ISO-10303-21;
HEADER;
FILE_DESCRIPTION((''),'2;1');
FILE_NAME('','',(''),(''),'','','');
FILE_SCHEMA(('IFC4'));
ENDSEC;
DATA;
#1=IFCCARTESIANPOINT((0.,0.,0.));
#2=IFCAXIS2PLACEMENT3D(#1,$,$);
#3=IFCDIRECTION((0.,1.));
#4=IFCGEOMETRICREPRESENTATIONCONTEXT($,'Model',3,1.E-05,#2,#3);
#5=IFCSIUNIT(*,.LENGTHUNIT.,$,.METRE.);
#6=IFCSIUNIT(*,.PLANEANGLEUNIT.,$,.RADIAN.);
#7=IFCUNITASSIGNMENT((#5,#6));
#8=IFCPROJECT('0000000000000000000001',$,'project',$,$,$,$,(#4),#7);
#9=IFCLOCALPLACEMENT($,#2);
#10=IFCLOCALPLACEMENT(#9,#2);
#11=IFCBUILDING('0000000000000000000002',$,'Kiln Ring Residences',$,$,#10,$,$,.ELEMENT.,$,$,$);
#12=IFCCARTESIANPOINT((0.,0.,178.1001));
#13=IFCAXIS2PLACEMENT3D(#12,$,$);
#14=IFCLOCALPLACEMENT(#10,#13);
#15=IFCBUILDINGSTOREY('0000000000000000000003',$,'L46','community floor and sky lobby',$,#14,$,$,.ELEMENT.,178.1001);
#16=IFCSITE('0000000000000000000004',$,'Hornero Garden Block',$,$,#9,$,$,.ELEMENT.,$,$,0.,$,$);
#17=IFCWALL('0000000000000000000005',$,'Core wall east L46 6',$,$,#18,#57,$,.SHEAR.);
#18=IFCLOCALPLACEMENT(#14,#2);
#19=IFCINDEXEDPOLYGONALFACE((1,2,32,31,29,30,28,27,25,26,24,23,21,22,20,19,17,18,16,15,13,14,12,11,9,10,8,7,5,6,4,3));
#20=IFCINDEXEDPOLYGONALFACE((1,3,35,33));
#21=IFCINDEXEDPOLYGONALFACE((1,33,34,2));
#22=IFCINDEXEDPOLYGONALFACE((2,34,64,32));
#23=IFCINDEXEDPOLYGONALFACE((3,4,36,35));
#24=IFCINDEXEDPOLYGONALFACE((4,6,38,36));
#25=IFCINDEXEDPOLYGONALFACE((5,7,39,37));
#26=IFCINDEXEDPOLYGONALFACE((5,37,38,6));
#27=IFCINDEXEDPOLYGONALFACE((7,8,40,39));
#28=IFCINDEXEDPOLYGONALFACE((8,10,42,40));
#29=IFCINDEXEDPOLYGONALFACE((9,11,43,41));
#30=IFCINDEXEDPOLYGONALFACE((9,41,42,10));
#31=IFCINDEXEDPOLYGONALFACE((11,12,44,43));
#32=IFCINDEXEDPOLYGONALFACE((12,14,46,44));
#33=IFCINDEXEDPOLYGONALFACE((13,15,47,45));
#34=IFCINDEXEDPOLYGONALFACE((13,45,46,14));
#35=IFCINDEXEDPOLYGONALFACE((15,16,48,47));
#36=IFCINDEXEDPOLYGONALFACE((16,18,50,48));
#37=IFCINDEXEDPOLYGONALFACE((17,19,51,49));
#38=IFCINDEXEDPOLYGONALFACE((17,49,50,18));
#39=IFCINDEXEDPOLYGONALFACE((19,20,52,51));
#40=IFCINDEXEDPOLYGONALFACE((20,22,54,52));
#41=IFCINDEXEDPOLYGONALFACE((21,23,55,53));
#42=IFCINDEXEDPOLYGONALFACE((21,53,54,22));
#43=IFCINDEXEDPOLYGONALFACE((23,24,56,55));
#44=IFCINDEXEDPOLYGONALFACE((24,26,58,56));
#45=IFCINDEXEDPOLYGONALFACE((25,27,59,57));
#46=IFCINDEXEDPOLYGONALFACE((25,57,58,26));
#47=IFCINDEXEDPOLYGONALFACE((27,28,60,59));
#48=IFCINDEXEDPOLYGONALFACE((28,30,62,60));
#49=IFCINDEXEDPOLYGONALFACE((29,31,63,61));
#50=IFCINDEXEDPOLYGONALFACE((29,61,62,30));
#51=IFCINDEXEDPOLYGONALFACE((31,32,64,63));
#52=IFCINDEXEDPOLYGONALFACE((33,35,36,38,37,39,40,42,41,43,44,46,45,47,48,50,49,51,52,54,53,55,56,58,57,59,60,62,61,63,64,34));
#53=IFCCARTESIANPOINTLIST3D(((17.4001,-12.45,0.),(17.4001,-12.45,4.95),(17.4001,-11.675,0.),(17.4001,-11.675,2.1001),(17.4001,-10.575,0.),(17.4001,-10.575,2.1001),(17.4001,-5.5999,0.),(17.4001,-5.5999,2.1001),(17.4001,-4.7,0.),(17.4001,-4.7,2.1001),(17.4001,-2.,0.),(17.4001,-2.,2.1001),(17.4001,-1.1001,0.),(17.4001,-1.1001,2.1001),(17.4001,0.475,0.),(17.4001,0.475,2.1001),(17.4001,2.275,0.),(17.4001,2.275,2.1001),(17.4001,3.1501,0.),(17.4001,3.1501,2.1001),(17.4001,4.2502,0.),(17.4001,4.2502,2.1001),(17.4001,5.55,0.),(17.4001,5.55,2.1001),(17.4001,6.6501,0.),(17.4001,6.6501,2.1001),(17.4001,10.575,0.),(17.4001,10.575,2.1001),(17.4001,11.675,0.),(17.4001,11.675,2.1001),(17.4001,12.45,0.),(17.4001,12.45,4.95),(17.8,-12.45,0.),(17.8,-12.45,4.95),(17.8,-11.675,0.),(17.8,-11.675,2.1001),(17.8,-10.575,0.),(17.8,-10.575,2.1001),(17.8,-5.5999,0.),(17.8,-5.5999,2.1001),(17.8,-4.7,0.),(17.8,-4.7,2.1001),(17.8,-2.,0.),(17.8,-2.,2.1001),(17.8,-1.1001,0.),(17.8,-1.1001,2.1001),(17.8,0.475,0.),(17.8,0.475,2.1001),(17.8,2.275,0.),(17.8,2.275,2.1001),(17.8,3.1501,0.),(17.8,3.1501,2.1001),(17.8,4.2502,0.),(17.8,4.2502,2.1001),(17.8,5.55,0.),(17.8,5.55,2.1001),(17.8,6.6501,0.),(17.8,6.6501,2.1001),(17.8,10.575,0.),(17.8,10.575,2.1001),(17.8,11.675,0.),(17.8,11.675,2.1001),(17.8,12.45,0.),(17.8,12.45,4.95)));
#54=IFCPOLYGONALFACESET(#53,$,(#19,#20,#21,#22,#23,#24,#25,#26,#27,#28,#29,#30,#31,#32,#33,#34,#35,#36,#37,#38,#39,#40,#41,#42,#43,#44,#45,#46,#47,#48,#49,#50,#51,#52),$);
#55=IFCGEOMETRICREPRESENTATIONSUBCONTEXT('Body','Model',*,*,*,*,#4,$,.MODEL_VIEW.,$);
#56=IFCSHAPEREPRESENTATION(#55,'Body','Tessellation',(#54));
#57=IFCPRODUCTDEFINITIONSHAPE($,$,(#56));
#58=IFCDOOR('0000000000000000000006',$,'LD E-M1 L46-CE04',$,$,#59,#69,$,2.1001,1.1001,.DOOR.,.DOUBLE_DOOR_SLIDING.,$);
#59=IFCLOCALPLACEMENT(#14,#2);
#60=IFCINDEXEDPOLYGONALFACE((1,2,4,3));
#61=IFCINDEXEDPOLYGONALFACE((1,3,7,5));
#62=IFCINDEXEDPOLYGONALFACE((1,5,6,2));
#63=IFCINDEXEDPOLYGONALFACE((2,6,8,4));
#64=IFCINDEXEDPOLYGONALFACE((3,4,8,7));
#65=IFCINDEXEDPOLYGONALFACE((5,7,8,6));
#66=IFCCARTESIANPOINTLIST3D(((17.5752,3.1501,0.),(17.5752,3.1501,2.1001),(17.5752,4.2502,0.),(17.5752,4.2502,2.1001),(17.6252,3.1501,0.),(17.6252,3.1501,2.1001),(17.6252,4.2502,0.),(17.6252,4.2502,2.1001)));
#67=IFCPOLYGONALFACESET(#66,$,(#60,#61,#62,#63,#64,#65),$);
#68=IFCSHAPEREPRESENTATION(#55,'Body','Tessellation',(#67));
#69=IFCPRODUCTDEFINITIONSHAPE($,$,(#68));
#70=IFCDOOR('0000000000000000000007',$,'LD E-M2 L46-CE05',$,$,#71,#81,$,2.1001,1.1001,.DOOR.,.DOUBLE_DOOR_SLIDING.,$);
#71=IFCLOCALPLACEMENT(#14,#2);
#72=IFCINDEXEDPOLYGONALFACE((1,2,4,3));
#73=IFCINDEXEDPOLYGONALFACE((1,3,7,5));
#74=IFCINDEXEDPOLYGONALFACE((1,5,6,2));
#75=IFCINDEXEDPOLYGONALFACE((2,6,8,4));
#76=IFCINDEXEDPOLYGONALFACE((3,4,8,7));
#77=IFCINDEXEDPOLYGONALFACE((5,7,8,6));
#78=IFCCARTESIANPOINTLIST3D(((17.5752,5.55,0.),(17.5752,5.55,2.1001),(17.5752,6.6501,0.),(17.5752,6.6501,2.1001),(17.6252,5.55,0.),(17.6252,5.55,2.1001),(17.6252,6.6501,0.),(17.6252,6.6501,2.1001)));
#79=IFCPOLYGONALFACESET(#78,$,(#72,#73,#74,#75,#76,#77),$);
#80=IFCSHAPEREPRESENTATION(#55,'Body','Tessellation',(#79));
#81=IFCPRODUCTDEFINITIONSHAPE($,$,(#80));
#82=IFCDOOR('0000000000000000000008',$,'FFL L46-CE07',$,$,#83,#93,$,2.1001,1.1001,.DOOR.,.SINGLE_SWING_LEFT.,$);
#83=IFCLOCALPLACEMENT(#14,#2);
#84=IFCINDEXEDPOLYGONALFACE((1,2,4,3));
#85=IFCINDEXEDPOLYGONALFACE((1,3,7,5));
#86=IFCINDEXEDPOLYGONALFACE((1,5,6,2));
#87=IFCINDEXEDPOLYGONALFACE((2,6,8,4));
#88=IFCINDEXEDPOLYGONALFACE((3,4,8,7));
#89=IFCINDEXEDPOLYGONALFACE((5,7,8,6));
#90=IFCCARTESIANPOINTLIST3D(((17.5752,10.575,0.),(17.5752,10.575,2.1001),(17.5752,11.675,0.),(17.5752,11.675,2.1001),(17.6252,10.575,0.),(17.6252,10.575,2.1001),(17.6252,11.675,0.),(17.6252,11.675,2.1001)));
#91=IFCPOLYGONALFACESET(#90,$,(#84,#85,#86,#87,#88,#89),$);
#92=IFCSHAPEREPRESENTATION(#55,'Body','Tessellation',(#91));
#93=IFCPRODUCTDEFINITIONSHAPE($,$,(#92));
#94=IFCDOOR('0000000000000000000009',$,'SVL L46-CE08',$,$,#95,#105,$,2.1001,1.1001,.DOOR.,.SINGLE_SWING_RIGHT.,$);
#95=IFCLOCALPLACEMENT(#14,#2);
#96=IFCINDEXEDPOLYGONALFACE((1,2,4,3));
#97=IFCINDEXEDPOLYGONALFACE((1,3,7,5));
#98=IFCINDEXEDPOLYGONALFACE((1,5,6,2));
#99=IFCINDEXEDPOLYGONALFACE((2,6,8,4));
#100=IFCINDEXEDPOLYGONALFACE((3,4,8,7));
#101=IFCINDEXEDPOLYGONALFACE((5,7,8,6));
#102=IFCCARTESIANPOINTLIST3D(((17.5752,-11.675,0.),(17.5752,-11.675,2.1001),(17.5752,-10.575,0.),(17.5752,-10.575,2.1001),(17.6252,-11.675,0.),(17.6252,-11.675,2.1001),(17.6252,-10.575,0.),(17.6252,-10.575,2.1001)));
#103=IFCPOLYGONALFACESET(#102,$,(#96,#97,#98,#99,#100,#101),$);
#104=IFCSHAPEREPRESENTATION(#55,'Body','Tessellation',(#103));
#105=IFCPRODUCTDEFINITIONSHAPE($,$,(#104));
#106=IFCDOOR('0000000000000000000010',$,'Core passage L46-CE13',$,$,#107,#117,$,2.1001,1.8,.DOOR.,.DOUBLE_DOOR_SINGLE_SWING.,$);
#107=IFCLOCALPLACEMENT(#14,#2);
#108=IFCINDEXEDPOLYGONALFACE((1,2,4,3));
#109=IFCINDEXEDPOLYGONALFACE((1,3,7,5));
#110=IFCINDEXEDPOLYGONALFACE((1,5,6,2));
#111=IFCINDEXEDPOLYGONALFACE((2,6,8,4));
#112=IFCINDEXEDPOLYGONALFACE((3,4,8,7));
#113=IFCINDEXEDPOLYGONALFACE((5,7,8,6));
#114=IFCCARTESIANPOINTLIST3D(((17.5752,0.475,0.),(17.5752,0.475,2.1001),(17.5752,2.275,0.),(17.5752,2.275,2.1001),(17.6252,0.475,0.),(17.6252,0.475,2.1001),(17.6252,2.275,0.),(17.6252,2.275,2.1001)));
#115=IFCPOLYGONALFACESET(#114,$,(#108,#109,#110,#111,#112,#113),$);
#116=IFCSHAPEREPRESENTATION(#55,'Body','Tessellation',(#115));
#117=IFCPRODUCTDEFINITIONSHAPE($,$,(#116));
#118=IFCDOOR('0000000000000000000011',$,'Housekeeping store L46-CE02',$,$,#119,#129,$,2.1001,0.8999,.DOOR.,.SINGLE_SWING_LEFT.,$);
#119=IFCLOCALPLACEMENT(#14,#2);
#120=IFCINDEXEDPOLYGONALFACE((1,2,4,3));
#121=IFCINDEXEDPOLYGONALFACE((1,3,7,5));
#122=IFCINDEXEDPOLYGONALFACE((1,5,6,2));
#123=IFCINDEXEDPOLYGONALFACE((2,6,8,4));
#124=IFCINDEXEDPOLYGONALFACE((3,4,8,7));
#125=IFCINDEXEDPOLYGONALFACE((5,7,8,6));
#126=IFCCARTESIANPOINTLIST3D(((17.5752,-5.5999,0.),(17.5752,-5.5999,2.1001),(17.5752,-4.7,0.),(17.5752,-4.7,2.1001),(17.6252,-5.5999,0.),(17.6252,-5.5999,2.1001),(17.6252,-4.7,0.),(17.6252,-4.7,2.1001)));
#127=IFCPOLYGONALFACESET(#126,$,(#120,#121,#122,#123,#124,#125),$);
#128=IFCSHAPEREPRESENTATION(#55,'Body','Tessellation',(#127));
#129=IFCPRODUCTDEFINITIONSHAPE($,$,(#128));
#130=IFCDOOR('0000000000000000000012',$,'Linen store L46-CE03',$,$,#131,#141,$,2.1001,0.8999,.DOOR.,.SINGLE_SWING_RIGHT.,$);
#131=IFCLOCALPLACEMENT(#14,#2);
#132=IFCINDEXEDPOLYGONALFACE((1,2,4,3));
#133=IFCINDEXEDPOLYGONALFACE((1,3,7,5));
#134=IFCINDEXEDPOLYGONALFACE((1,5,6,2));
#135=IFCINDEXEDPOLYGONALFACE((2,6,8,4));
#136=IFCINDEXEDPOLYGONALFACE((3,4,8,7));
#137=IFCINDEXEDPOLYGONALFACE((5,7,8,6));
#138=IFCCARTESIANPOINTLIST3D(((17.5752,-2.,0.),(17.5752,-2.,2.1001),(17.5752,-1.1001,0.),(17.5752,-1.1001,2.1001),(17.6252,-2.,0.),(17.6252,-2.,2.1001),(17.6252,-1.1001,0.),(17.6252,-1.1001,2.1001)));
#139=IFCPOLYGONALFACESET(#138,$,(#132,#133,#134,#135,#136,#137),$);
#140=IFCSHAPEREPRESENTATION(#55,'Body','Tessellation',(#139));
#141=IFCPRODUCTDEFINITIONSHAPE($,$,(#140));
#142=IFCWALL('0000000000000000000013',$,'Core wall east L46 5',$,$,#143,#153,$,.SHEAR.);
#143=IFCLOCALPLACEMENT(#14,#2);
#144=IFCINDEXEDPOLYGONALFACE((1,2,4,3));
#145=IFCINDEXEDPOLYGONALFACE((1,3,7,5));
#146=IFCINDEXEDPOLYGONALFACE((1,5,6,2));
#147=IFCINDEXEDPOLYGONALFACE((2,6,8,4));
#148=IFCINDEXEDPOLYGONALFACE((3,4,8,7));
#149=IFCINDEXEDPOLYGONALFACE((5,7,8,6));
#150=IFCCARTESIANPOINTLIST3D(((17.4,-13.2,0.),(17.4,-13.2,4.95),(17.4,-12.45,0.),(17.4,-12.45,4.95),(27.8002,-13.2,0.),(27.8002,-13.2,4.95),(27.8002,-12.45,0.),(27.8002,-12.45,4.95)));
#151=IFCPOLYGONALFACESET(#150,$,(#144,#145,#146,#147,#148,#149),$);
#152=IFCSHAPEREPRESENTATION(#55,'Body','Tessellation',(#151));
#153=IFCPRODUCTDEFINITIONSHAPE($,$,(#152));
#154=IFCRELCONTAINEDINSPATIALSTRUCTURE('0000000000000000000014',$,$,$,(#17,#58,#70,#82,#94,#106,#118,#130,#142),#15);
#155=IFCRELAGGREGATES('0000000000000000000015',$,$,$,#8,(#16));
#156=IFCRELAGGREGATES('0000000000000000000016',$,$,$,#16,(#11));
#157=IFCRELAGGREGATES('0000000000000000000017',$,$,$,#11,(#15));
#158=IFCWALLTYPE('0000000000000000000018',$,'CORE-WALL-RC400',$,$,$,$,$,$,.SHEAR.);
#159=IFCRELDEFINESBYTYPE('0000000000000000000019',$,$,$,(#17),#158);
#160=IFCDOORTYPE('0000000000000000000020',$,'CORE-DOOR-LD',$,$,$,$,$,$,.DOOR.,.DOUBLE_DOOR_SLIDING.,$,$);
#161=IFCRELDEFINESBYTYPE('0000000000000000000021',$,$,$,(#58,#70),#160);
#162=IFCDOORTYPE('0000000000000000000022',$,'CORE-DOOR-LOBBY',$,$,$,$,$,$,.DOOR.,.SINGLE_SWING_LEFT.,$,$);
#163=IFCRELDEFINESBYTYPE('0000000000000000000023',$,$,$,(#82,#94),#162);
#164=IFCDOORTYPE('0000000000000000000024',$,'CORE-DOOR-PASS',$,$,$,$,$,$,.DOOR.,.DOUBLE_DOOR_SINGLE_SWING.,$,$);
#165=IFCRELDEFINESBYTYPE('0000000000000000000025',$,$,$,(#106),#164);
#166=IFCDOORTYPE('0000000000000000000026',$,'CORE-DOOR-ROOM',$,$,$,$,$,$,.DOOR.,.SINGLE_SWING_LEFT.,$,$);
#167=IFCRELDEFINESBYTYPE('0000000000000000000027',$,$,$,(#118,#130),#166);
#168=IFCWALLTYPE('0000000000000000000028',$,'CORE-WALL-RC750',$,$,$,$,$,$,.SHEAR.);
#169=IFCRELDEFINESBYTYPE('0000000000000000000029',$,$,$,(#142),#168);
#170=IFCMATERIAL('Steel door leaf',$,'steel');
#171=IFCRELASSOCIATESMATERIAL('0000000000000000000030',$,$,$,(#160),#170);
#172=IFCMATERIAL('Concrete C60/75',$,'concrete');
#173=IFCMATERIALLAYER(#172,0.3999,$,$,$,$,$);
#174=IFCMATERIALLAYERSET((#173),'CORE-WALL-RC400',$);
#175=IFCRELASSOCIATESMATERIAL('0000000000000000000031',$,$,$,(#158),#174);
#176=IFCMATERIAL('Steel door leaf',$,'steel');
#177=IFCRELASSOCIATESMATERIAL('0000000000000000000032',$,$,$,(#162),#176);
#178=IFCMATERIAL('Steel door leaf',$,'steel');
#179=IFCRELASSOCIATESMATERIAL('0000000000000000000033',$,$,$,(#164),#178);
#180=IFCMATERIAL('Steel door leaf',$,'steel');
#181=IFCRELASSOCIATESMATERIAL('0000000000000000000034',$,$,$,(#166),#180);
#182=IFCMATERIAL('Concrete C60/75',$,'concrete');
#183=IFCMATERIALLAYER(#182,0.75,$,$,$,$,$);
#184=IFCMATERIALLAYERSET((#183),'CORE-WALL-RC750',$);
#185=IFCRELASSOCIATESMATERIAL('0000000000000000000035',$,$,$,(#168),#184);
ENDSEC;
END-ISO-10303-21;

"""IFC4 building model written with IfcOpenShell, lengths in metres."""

from ifc_helpers import new_model, si_unit, direction, frame, frame_2d, origin, place, context, subcontext, project, spatial, rectangle, extrude, material, layer, layer_set, type_object, element, fill, save


model = new_model("IFC4")

# Units and contexts
model_context = context("Model", 3, precision=1e-05, world=origin(), true_north=direction((0.0, 1.0)))
body_context = subcontext(model_context, "Body", "Model", "MODEL_VIEW")
ifc_project = project(units=[si_unit("LENGTHUNIT", "METRE"), si_unit("PLANEANGLEUNIT", "RADIAN")], contexts=[model_context])

# Site, building, storey
site_placement = place(None, origin())
site = spatial("IfcSite", under=ifc_project, at=site_placement, Name="Hornero Garden Block", CompositionType="ELEMENT", RefElevation=0.0)
building_placement = place(site_placement, origin())
building = spatial("IfcBuilding", under=site, at=building_placement, Name="Kiln Ring Residences", CompositionType="ELEMENT")
storey_placement = place(building_placement, frame((0.0, 0.0, 178.1001)))
storey = spatial("IfcBuildingStorey", under=building, at=storey_placement, Name="L46", Description="community floor and sky lobby", CompositionType="ELEMENT", Elevation=178.1001)

# Wall, openings, doors
ifc_material_1 = material(Name="Steel door leaf", Category="steel")
door_type_1 = type_object("IfcDoorType", Name="CORE-DOOR-LD", OperationType="DOUBLE_DOOR_SLIDING", PredefinedType="DOOR", material=ifc_material_1)
ifc_material_2 = material(Name="Concrete C60/75", Category="concrete")
ifc_layer_1 = layer(ifc_material_2, 0.3999)
ifc_layer_set_1 = layer_set([ifc_layer_1], Name="CORE-WALL-RC400")
wall_type_1 = type_object("IfcWallType", Name="CORE-WALL-RC400", PredefinedType="SHEAR", material=ifc_layer_set_1)
wall_1_placement = place(storey_placement, frame((17.6001, -12.45, 0.0), z_axis=(0.0, 0.0, 1.0), x_axis=(0.0, 1.0, 0.0)))
wall_1 = element("IfcWall", 1, at=wall_1_placement, inside=storey, type_object=wall_type_1, Name="Core wall east L46 6", PredefinedType="SHEAR", context=body_context, shape_type="SweptSolid", body=[
    extrude(rectangle(XDim=24.8999, YDim=0.3999, at=frame_2d((12.45, 0.0))), origin(), (0.0, 0.0, 1.0), 4.95),
])
opening_1_placement = place(wall_1_placement, frame((6.8501, 0.0, 0.0)))
opening_1 = element("IfcOpeningElement", 2, at=opening_1_placement, cuts=wall_1, PredefinedType="OPENING", context=body_context, shape_type="SweptSolid", body=[
    extrude(rectangle(XDim=0.8999, YDim=2.1001, at=frame_2d((0.45, 1.05))), frame((0.0, 0.21, 0.0), z_axis=(0.0, -1.0, 0.0), x_axis=(1.0, 0.0, 0.0)), (0.0, 0.0, 1.0), 0.4199),
])
opening_2_placement = place(wall_1_placement, frame((10.45, 0.0, 0.0)))
opening_2 = element("IfcOpeningElement", 3, at=opening_2_placement, cuts=wall_1, PredefinedType="OPENING", context=body_context, shape_type="SweptSolid", body=[
    extrude(rectangle(XDim=0.8999, YDim=2.1001, at=frame_2d((0.45, 1.05))), frame((0.0, 0.21, 0.0), z_axis=(0.0, -1.0, 0.0), x_axis=(1.0, 0.0, 0.0)), (0.0, 0.0, 1.0), 0.4199),
])
opening_3_placement = place(wall_1_placement, frame((15.6001, 0.0, 0.0)))
opening_3 = element("IfcOpeningElement", 4, at=opening_3_placement, cuts=wall_1, PredefinedType="OPENING", context=body_context, shape_type="SweptSolid", body=[
    extrude(rectangle(XDim=1.1001, YDim=2.1001, at=frame_2d((0.55, 1.05))), frame((0.0, 0.21, 0.0), z_axis=(0.0, -1.0, 0.0), x_axis=(1.0, 0.0, 0.0)), (0.0, 0.0, 1.0), 0.4199),
])
opening_4_placement = place(wall_1_placement, frame((18.0, 0.0, 0.0)))
opening_4 = element("IfcOpeningElement", 5, at=opening_4_placement, cuts=wall_1, PredefinedType="OPENING", context=body_context, shape_type="SweptSolid", body=[
    extrude(rectangle(XDim=1.1001, YDim=2.1001, at=frame_2d((0.55, 1.05))), frame((0.0, 0.21, 0.0), z_axis=(0.0, -1.0, 0.0), x_axis=(1.0, 0.0, 0.0)), (0.0, 0.0, 1.0), 0.4199),
])
opening_5_placement = place(wall_1_placement, frame((23.0249, 0.0, 0.0)))
opening_5 = element("IfcOpeningElement", 6, at=opening_5_placement, cuts=wall_1, PredefinedType="OPENING", context=body_context, shape_type="SweptSolid", body=[
    extrude(rectangle(XDim=1.1001, YDim=2.1001, at=frame_2d((0.55, 1.05))), frame((0.0, 0.21, 0.0), z_axis=(0.0, -1.0, 0.0), x_axis=(1.0, 0.0, 0.0)), (0.0, 0.0, 1.0), 0.4199),
])
opening_6_placement = place(wall_1_placement, frame((0.7749, 0.0, 0.0)))
opening_6 = element("IfcOpeningElement", 7, at=opening_6_placement, cuts=wall_1, PredefinedType="OPENING", context=body_context, shape_type="SweptSolid", body=[
    extrude(rectangle(XDim=1.1001, YDim=2.1001, at=frame_2d((0.55, 1.05))), frame((0.0, 0.21, 0.0), z_axis=(0.0, -1.0, 0.0), x_axis=(1.0, 0.0, 0.0)), (0.0, 0.0, 1.0), 0.4199),
])
opening_7_placement = place(wall_1_placement, frame((12.925, 0.0, 0.0)))
opening_7 = element("IfcOpeningElement", 8, at=opening_7_placement, cuts=wall_1, PredefinedType="OPENING", context=body_context, shape_type="SweptSolid", body=[
    extrude(rectangle(XDim=1.8, YDim=2.1001, at=frame_2d((0.8999, 1.05))), frame((0.0, 0.21, 0.0), z_axis=(0.0, -1.0, 0.0), x_axis=(1.0, 0.0, 0.0)), (0.0, 0.0, 1.0), 0.4199),
])
door_1_placement = place(opening_3_placement, origin())
door_1 = element("IfcDoor", 9, at=door_1_placement, inside=storey, type_object=door_type_1, Name="LD E-M1 L46-CE04", OperationType="DOUBLE_DOOR_SLIDING", OverallHeight=2.1001, OverallWidth=1.1001, PredefinedType="DOOR", context=body_context, shape_type="SweptSolid", body=[
    extrude(rectangle(XDim=1.1001, YDim=2.1001, at=frame_2d((0.55, 1.05))), frame((0.0, 0.0249, 0.0), z_axis=(0.0, -1.0, 0.0), x_axis=(1.0, 0.0, 0.0)), (0.0, 0.0, 1.0), 0.05),
])
fill(opening_3, door_1)
door_2_placement = place(opening_4_placement, origin())
door_2 = element("IfcDoor", 10, at=door_2_placement, inside=storey, type_object=door_type_1, Name="LD E-M2 L46-CE05", OperationType="DOUBLE_DOOR_SLIDING", OverallHeight=2.1001, OverallWidth=1.1001, PredefinedType="DOOR", context=body_context, shape_type="SweptSolid", body=[
    extrude(rectangle(XDim=1.1001, YDim=2.1001, at=frame_2d((0.55, 1.05))), frame((0.0, 0.0249, 0.0), z_axis=(0.0, -1.0, 0.0), x_axis=(1.0, 0.0, 0.0)), (0.0, 0.0, 1.0), 0.05),
])
fill(opening_4, door_2)
ifc_material_3 = material(Name="Steel door leaf", Category="steel")
door_type_2 = type_object("IfcDoorType", Name="CORE-DOOR-LOBBY", OperationType="SINGLE_SWING_LEFT", PredefinedType="DOOR", material=ifc_material_3)
door_3_placement = place(opening_5_placement, origin())
door_3 = element("IfcDoor", 11, at=door_3_placement, inside=storey, type_object=door_type_2, Name="FFL L46-CE07", OperationType="SINGLE_SWING_LEFT", OverallHeight=2.1001, OverallWidth=1.1001, PredefinedType="DOOR", context=body_context, shape_type="SweptSolid", body=[
    extrude(rectangle(XDim=1.1001, YDim=2.1001, at=frame_2d((0.55, 1.05))), frame((0.0, 0.0249, 0.0), z_axis=(0.0, -1.0, 0.0), x_axis=(1.0, 0.0, 0.0)), (0.0, 0.0, 1.0), 0.05),
])
fill(opening_5, door_3)
door_4_placement = place(opening_6_placement, origin())
door_4 = element("IfcDoor", 12, at=door_4_placement, inside=storey, type_object=door_type_2, Name="SVL L46-CE08", OperationType="SINGLE_SWING_RIGHT", OverallHeight=2.1001, OverallWidth=1.1001, PredefinedType="DOOR", context=body_context, shape_type="SweptSolid", body=[
    extrude(rectangle(XDim=1.1001, YDim=2.1001, at=frame_2d((0.55, 1.05))), frame((0.0, 0.0249, 0.0), z_axis=(0.0, -1.0, 0.0), x_axis=(1.0, 0.0, 0.0)), (0.0, 0.0, 1.0), 0.05),
])
fill(opening_6, door_4)
ifc_material_4 = material(Name="Steel door leaf", Category="steel")
door_type_3 = type_object("IfcDoorType", Name="CORE-DOOR-PASS", OperationType="DOUBLE_DOOR_SINGLE_SWING", PredefinedType="DOOR", material=ifc_material_4)
door_5_placement = place(opening_7_placement, origin())
door_5 = element("IfcDoor", 13, at=door_5_placement, inside=storey, type_object=door_type_3, Name="Core passage L46-CE13", OperationType="DOUBLE_DOOR_SINGLE_SWING", OverallHeight=2.1001, OverallWidth=1.8, PredefinedType="DOOR", context=body_context, shape_type="SweptSolid", body=[
    extrude(rectangle(XDim=1.8, YDim=2.1001, at=frame_2d((0.8999, 1.05))), frame((0.0, 0.0249, 0.0), z_axis=(0.0, -1.0, 0.0), x_axis=(1.0, 0.0, 0.0)), (0.0, 0.0, 1.0), 0.05),
])
fill(opening_7, door_5)
ifc_material_5 = material(Name="Steel door leaf", Category="steel")
door_type_4 = type_object("IfcDoorType", Name="CORE-DOOR-ROOM", OperationType="SINGLE_SWING_LEFT", PredefinedType="DOOR", material=ifc_material_5)
door_6_placement = place(opening_1_placement, origin())
door_6 = element("IfcDoor", 14, at=door_6_placement, inside=storey, type_object=door_type_4, Name="Housekeeping store L46-CE02", OperationType="SINGLE_SWING_LEFT", OverallHeight=2.1001, OverallWidth=0.8999, PredefinedType="DOOR", context=body_context, shape_type="SweptSolid", body=[
    extrude(rectangle(XDim=0.8999, YDim=2.1001, at=frame_2d((0.45, 1.05))), frame((0.0, 0.0249, 0.0), z_axis=(0.0, -1.0, 0.0), x_axis=(1.0, 0.0, 0.0)), (0.0, 0.0, 1.0), 0.05),
])
fill(opening_1, door_6)
door_7_placement = place(opening_2_placement, origin())
door_7 = element("IfcDoor", 15, at=door_7_placement, inside=storey, type_object=door_type_4, Name="Linen store L46-CE03", OperationType="SINGLE_SWING_RIGHT", OverallHeight=2.1001, OverallWidth=0.8999, PredefinedType="DOOR", context=body_context, shape_type="SweptSolid", body=[
    extrude(rectangle(XDim=0.8999, YDim=2.1001, at=frame_2d((0.45, 1.05))), frame((0.0, 0.0249, 0.0), z_axis=(0.0, -1.0, 0.0), x_axis=(1.0, 0.0, 0.0)), (0.0, 0.0, 1.0), 0.05),
])
fill(opening_2, door_7)

# Wall
ifc_material_6 = material(Name="Concrete C60/75", Category="concrete")
ifc_layer_2 = layer(ifc_material_6, 0.75)
ifc_layer_set_2 = layer_set([ifc_layer_2], Name="CORE-WALL-RC750")
wall_type_2 = type_object("IfcWallType", Name="CORE-WALL-RC750", PredefinedType="SHEAR", material=ifc_layer_set_2)
wall_2_placement = place(storey_placement, frame((17.3999, -12.825, 0.0), z_axis=(0.0, 0.0, 1.0), x_axis=(1.0, 0.0, 0.0)))
element("IfcWall", 16, at=wall_2_placement, inside=storey, type_object=wall_type_2, Name="Core wall east L46 5", PredefinedType="SHEAR", context=body_context, shape_type="SweptSolid", body=[
    extrude(rectangle(XDim=10.4001, YDim=0.75, at=frame_2d((5.2002, 0.0))), origin(), (0.0, 0.0, 1.0), 4.95),
])

save(model, "model.ifc")
